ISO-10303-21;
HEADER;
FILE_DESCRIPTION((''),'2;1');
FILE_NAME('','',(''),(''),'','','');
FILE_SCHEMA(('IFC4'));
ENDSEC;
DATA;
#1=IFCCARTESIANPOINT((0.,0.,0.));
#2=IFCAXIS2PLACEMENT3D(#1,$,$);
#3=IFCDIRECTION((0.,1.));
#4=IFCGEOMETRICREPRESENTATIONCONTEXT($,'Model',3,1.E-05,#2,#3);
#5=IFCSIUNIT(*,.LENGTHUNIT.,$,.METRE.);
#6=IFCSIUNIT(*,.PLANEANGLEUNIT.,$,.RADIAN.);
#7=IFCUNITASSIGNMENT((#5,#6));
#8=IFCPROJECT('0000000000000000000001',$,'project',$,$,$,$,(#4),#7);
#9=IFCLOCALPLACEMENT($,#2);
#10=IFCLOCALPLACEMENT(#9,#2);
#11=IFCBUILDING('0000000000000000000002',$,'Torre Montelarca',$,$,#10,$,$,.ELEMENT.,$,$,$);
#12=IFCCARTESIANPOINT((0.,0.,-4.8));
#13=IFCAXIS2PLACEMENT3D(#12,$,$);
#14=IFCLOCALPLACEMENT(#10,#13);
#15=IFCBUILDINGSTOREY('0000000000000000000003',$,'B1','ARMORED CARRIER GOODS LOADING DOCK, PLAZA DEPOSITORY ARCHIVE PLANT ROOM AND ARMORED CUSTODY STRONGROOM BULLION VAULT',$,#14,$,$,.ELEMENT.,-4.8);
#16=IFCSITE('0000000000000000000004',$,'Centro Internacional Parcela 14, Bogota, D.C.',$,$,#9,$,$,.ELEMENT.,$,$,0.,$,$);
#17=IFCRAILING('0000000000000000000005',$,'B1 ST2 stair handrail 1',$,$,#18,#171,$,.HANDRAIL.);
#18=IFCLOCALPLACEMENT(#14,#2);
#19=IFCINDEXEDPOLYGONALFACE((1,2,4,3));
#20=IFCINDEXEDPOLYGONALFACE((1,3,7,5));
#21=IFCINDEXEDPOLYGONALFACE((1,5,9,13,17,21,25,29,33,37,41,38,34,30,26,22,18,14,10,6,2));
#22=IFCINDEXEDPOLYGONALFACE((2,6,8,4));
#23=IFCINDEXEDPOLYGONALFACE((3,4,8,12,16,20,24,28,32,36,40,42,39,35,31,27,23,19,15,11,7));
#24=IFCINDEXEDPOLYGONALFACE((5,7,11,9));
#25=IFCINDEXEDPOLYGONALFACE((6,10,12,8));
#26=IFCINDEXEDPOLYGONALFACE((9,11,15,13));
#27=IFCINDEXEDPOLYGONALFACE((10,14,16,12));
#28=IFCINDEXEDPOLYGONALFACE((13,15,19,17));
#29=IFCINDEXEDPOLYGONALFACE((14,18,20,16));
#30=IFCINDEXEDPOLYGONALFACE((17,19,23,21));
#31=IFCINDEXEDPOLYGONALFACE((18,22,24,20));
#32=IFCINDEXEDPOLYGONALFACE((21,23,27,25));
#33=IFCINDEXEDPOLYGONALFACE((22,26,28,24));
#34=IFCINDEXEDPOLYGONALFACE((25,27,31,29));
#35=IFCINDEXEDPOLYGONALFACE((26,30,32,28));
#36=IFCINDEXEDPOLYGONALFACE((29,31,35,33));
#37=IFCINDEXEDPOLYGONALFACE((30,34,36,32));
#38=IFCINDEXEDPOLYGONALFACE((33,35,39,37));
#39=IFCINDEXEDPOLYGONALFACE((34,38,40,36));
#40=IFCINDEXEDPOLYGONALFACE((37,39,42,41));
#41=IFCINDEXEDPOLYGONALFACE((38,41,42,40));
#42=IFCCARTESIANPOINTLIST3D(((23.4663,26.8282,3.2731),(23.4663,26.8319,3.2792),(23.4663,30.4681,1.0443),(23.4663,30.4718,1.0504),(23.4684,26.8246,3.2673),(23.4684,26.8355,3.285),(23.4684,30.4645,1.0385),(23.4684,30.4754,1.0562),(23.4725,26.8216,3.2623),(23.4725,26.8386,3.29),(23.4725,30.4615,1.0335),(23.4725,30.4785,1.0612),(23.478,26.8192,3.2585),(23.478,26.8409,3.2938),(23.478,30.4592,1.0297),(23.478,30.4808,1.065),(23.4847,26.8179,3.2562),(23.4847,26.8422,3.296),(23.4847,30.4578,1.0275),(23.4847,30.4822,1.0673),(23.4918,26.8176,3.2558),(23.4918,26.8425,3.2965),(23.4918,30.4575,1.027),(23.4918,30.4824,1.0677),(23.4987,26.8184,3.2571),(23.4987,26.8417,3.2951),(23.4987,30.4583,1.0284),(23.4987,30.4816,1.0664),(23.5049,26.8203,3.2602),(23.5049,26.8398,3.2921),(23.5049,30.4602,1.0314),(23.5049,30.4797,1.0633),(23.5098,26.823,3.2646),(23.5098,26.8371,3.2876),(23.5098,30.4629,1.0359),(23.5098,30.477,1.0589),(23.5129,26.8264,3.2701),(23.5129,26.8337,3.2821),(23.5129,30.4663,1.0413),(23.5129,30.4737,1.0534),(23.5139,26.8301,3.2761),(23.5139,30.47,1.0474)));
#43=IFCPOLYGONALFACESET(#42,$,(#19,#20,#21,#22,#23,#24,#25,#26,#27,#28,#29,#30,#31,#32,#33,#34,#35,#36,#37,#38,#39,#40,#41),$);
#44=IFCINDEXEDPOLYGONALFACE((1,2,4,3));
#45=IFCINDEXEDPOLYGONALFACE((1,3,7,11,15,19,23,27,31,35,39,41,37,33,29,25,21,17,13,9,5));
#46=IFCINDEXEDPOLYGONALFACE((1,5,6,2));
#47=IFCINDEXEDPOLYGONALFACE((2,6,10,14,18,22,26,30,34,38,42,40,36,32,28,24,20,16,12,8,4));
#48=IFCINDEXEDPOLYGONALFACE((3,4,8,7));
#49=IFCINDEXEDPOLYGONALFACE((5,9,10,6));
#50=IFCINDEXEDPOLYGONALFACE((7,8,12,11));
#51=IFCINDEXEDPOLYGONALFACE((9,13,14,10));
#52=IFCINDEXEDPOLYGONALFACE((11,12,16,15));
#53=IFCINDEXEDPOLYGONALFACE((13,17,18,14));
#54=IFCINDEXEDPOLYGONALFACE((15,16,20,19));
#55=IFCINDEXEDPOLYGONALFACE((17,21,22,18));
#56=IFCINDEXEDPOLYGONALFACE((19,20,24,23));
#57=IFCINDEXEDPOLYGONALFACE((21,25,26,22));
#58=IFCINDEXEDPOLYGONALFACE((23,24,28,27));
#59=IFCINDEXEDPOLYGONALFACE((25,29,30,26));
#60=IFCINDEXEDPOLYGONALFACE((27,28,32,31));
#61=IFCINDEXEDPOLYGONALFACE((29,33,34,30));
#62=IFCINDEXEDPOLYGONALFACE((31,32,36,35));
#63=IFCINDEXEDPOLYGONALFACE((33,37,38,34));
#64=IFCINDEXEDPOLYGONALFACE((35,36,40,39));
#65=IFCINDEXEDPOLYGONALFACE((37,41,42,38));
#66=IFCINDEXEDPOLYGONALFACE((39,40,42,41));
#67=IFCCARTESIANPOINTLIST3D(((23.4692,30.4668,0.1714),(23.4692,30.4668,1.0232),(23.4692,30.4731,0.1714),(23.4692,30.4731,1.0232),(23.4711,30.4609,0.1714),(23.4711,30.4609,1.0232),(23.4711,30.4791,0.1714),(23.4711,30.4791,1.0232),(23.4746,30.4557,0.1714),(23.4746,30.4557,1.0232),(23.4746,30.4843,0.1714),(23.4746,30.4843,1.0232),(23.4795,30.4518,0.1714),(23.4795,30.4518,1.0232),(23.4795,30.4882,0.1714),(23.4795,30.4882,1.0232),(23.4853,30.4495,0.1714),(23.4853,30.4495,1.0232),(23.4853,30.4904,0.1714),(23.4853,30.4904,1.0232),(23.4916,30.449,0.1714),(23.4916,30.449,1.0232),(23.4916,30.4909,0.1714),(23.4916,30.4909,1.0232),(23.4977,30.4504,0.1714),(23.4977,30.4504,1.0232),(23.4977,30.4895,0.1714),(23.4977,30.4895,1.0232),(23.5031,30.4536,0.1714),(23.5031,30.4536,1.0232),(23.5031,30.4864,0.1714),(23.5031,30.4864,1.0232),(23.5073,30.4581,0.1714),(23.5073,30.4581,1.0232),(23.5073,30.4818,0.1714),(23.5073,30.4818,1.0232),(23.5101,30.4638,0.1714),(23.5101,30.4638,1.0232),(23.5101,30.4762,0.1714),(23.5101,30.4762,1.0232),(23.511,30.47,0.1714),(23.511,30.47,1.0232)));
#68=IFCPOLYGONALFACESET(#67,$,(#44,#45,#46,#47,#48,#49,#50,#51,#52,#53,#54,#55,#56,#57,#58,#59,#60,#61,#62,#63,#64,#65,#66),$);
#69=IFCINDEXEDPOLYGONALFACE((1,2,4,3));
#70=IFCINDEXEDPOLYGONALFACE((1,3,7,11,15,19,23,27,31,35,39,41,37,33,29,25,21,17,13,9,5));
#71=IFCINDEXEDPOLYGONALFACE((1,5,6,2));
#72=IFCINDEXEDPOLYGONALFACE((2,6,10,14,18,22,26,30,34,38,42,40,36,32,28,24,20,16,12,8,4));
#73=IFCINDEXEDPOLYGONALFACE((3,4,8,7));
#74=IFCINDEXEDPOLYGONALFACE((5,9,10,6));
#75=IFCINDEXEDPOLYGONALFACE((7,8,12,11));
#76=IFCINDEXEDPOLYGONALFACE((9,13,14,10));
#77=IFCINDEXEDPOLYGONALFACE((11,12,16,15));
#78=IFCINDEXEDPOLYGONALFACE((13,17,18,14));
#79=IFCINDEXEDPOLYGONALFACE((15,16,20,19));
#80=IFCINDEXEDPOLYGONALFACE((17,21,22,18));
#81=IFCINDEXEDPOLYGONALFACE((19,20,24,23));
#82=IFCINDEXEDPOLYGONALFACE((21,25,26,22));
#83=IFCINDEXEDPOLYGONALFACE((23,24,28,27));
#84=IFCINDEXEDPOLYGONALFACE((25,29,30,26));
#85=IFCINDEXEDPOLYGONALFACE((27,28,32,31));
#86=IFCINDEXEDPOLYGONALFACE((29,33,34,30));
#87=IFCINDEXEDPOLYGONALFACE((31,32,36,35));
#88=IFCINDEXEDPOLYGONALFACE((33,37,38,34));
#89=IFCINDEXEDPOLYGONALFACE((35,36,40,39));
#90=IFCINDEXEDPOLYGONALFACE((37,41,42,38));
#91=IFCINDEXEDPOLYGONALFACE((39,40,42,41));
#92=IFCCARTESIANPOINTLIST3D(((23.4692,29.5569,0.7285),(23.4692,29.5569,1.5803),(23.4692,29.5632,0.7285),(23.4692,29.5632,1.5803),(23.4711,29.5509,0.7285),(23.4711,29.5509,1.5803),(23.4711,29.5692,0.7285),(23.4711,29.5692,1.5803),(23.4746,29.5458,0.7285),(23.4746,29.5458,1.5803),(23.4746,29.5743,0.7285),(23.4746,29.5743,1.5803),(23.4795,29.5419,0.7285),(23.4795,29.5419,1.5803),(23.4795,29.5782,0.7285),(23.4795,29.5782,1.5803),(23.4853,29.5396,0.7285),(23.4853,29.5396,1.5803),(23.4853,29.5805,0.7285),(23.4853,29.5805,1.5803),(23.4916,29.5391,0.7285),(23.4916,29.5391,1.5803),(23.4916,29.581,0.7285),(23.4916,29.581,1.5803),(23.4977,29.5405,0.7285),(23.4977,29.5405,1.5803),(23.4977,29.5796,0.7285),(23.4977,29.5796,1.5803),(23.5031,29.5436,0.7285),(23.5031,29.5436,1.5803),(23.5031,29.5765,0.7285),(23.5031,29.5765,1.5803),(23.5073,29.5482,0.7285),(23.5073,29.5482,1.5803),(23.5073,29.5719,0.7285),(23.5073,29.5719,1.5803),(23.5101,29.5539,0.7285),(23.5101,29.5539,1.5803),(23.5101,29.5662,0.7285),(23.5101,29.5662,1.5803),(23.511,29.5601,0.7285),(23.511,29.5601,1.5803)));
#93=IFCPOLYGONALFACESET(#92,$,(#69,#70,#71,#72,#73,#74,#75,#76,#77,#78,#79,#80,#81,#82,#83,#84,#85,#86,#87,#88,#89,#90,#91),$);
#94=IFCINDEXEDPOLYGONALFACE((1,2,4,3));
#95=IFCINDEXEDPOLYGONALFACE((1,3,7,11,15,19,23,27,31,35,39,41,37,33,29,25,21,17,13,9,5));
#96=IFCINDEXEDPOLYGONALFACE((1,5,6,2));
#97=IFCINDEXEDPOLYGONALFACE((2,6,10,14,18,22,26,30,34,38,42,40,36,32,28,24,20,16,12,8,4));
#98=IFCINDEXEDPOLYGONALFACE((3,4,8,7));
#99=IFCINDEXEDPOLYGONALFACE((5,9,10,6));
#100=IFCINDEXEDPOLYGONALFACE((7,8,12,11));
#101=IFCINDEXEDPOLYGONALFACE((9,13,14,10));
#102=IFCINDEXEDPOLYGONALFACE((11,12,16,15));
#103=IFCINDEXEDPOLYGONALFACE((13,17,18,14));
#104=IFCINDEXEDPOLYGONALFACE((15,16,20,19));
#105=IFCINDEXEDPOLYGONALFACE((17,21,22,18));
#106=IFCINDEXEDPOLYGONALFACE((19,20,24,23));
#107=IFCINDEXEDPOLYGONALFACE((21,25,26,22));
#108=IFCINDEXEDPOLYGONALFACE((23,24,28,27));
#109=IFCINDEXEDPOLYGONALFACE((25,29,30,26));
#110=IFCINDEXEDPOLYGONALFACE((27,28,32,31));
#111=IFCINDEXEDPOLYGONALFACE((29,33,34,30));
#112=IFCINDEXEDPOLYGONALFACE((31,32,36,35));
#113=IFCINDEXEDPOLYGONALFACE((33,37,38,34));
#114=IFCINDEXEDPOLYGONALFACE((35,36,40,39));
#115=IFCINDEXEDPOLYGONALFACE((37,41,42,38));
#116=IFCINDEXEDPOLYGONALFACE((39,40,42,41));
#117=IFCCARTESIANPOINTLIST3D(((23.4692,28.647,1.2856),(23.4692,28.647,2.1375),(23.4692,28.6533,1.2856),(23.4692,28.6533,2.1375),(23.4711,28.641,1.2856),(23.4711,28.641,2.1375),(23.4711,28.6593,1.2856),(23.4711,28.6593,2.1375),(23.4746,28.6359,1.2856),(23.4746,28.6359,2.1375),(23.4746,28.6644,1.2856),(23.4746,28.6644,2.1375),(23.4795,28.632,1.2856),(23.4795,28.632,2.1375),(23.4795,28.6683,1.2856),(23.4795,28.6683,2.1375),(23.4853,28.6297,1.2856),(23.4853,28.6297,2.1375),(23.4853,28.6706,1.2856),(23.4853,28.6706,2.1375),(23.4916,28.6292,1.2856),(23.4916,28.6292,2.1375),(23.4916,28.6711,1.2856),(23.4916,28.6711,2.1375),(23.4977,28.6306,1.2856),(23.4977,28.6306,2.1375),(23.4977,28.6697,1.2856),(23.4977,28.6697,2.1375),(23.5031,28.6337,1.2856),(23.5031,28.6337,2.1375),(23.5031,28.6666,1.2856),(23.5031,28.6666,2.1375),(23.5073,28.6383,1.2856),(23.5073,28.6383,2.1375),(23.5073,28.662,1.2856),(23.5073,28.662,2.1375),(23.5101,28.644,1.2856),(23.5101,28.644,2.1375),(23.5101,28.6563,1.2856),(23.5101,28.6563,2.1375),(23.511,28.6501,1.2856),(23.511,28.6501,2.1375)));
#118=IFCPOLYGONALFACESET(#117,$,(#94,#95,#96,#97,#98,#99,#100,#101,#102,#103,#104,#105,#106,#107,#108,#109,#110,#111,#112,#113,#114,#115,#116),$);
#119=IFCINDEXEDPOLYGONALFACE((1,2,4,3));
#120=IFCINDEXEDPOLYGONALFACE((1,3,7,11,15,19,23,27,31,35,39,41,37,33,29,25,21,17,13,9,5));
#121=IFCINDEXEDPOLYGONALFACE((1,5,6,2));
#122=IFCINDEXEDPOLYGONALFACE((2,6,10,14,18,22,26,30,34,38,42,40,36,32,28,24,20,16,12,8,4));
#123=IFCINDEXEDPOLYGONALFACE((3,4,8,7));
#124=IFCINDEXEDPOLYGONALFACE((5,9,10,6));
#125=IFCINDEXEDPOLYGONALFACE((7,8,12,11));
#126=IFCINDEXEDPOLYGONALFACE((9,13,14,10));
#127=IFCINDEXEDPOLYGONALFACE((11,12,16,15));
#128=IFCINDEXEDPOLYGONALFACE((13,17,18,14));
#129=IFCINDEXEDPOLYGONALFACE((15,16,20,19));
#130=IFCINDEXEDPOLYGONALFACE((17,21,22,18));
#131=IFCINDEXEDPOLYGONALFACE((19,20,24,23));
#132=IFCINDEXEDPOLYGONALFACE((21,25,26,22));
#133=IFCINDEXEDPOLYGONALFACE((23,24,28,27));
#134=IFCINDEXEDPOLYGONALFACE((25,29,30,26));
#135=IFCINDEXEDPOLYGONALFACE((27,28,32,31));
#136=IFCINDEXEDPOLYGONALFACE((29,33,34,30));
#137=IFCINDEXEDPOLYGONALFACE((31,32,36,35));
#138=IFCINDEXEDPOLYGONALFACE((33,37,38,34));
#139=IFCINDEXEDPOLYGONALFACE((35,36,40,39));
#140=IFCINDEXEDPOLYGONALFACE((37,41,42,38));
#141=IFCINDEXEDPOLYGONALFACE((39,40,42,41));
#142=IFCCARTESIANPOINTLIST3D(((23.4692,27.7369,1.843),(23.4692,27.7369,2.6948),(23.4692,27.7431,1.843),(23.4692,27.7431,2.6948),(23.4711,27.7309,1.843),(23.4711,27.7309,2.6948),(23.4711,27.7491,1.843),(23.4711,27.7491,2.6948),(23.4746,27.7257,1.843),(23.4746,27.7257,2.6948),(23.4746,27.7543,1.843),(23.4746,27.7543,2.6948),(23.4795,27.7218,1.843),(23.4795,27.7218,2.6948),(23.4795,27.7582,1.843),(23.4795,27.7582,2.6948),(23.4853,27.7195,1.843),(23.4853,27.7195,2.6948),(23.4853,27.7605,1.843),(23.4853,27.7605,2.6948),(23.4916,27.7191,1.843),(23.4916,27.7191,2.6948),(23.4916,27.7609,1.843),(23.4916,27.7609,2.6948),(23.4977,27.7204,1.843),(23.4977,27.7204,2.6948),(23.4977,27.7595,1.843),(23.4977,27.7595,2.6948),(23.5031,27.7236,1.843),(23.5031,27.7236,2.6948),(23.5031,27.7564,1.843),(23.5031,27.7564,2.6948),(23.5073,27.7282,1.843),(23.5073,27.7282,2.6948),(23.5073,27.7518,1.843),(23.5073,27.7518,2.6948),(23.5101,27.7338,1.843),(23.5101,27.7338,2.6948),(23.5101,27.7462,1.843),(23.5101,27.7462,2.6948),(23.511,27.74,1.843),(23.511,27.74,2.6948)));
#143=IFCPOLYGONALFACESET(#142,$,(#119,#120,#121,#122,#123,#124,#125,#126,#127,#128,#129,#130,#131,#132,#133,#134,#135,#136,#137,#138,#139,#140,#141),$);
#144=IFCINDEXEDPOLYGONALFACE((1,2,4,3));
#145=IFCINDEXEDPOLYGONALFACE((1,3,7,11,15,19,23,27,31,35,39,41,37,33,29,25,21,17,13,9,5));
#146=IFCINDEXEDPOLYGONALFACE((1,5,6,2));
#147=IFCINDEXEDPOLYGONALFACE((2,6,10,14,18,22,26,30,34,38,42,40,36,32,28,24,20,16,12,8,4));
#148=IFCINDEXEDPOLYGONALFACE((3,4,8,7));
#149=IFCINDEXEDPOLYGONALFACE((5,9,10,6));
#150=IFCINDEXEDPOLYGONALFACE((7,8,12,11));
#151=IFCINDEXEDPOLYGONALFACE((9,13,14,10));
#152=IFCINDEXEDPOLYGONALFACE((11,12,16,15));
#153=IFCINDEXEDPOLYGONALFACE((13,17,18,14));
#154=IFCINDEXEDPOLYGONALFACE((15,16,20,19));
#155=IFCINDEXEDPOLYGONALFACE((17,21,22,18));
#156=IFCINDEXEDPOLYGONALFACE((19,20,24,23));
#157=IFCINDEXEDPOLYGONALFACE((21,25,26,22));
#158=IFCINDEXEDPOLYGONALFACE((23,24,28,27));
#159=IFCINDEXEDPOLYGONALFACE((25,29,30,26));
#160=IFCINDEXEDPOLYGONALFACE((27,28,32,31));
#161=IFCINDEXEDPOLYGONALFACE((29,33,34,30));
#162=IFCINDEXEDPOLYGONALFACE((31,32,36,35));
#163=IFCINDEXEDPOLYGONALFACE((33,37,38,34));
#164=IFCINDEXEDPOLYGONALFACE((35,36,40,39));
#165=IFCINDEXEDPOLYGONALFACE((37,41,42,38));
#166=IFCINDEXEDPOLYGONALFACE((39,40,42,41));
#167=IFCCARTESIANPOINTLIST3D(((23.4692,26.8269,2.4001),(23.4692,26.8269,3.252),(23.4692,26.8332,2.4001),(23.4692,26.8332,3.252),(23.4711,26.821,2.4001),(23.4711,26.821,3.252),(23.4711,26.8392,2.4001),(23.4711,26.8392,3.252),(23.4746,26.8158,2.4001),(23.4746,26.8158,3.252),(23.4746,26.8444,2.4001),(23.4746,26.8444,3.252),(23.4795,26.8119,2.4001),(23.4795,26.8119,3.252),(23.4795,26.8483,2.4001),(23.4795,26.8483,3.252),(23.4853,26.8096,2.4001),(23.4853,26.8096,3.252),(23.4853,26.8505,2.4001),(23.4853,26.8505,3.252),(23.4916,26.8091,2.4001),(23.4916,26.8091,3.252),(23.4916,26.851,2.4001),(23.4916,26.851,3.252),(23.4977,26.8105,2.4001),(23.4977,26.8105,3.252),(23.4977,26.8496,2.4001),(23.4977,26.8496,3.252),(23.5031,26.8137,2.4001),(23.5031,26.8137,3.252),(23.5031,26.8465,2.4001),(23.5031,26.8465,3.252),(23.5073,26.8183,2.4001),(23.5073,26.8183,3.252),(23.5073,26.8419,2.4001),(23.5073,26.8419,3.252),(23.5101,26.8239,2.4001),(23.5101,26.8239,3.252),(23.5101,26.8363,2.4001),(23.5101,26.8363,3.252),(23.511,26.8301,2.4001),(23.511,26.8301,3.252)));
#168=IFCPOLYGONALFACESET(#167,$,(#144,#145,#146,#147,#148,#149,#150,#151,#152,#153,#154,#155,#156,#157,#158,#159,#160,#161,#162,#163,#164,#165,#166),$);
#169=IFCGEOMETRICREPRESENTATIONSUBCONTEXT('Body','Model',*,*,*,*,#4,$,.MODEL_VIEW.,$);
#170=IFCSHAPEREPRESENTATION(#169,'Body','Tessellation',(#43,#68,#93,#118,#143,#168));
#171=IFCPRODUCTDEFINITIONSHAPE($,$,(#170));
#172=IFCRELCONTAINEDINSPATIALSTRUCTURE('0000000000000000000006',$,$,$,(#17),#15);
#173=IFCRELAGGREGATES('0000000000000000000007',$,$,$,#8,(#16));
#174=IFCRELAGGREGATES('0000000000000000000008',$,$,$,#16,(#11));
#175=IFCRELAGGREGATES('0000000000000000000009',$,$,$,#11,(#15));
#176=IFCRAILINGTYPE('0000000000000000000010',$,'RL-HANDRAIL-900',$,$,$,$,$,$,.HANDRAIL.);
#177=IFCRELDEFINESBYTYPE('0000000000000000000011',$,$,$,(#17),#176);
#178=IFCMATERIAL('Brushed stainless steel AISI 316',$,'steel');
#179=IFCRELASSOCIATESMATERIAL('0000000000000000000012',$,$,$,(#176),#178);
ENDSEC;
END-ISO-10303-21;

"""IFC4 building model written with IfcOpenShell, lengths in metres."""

from ifc_helpers import new_model, si_unit, direction, frame, origin, origin_2d, place, context, subcontext, project, spatial, circle, extrude, material, type_object, element, save


model = new_model("IFC4")

# Units and contexts
model_context = context("Model", 3, precision=1e-05, world=origin(), true_north=direction((0.0, 1.0)))
body_context = subcontext(model_context, "Body", "Model", "MODEL_VIEW")
ifc_project = project(units=[si_unit("LENGTHUNIT", "METRE"), si_unit("PLANEANGLEUNIT", "RADIAN")], contexts=[model_context])

# Site, building, storey
site_placement = place(None, origin())
site = spatial("IfcSite", under=ifc_project, at=site_placement, Name="Centro Internacional Parcela 14, Bogota, D.C.", CompositionType="ELEMENT", RefElevation=0.0)
building_placement = place(site_placement, origin())
building = spatial("IfcBuilding", under=site, at=building_placement, Name="Torre Montelarca", CompositionType="ELEMENT")
storey_placement = place(building_placement, frame((0.0, 0.0, -4.8)))
storey = spatial("IfcBuildingStorey", under=building, at=storey_placement, Name="B1", Description="ARMORED CARRIER GOODS LOADING DOCK, PLAZA DEPOSITORY ARCHIVE PLANT ROOM AND ARMORED CUSTODY STRONGROOM BULLION VAULT", CompositionType="ELEMENT", Elevation=-4.8)

# Shared definitions
ifc_material_1 = material(Name="Brushed stainless steel AISI 316", Category="steel")

# Railing
railing_type_1 = type_object("IfcRailingType", Name="RL-HANDRAIL-900", PredefinedType="HANDRAIL", material=ifc_material_1)
railing_1_placement = place(storey_placement, frame((23.49, 30.47, 0.1714)))
element("IfcRailing", 1, at=railing_1_placement, inside=storey, type_object=railing_type_1, Name="B1 ST2 stair handrail 1", PredefinedType="HANDRAIL", context=body_context, shape_type="SweptSolid", body=[
    extrude(circle(Radius=0.0239, at=origin_2d()), frame((0.0, 0.0, 0.876), z_axis=(0.0, -0.852825, 0.522197), x_axis=(1.0, 0.0, 0.0)), (0.0, 0.0, 1.0), 4.2681),
    extrude(circle(Radius=0.021, at=origin_2d()), origin(), (0.0, 0.0, 1.0), 0.8518),
    extrude(circle(Radius=0.021, at=origin_2d()), frame((0.0, -0.9099, 0.5571)), (0.0, 0.0, 1.0), 0.8518),
    extrude(circle(Radius=0.021, at=origin_2d()), frame((0.0, -1.8198, 1.1143)), (0.0, 0.0, 1.0), 0.8518),
    extrude(circle(Radius=0.021, at=origin_2d()), frame((0.0, -2.73, 1.6716)), (0.0, 0.0, 1.0), 0.8518),
    extrude(circle(Radius=0.021, at=origin_2d()), frame((0.0, -3.6399, 2.2288)), (0.0, 0.0, 1.0), 0.8518),
])

save(model, "model.ifc")
